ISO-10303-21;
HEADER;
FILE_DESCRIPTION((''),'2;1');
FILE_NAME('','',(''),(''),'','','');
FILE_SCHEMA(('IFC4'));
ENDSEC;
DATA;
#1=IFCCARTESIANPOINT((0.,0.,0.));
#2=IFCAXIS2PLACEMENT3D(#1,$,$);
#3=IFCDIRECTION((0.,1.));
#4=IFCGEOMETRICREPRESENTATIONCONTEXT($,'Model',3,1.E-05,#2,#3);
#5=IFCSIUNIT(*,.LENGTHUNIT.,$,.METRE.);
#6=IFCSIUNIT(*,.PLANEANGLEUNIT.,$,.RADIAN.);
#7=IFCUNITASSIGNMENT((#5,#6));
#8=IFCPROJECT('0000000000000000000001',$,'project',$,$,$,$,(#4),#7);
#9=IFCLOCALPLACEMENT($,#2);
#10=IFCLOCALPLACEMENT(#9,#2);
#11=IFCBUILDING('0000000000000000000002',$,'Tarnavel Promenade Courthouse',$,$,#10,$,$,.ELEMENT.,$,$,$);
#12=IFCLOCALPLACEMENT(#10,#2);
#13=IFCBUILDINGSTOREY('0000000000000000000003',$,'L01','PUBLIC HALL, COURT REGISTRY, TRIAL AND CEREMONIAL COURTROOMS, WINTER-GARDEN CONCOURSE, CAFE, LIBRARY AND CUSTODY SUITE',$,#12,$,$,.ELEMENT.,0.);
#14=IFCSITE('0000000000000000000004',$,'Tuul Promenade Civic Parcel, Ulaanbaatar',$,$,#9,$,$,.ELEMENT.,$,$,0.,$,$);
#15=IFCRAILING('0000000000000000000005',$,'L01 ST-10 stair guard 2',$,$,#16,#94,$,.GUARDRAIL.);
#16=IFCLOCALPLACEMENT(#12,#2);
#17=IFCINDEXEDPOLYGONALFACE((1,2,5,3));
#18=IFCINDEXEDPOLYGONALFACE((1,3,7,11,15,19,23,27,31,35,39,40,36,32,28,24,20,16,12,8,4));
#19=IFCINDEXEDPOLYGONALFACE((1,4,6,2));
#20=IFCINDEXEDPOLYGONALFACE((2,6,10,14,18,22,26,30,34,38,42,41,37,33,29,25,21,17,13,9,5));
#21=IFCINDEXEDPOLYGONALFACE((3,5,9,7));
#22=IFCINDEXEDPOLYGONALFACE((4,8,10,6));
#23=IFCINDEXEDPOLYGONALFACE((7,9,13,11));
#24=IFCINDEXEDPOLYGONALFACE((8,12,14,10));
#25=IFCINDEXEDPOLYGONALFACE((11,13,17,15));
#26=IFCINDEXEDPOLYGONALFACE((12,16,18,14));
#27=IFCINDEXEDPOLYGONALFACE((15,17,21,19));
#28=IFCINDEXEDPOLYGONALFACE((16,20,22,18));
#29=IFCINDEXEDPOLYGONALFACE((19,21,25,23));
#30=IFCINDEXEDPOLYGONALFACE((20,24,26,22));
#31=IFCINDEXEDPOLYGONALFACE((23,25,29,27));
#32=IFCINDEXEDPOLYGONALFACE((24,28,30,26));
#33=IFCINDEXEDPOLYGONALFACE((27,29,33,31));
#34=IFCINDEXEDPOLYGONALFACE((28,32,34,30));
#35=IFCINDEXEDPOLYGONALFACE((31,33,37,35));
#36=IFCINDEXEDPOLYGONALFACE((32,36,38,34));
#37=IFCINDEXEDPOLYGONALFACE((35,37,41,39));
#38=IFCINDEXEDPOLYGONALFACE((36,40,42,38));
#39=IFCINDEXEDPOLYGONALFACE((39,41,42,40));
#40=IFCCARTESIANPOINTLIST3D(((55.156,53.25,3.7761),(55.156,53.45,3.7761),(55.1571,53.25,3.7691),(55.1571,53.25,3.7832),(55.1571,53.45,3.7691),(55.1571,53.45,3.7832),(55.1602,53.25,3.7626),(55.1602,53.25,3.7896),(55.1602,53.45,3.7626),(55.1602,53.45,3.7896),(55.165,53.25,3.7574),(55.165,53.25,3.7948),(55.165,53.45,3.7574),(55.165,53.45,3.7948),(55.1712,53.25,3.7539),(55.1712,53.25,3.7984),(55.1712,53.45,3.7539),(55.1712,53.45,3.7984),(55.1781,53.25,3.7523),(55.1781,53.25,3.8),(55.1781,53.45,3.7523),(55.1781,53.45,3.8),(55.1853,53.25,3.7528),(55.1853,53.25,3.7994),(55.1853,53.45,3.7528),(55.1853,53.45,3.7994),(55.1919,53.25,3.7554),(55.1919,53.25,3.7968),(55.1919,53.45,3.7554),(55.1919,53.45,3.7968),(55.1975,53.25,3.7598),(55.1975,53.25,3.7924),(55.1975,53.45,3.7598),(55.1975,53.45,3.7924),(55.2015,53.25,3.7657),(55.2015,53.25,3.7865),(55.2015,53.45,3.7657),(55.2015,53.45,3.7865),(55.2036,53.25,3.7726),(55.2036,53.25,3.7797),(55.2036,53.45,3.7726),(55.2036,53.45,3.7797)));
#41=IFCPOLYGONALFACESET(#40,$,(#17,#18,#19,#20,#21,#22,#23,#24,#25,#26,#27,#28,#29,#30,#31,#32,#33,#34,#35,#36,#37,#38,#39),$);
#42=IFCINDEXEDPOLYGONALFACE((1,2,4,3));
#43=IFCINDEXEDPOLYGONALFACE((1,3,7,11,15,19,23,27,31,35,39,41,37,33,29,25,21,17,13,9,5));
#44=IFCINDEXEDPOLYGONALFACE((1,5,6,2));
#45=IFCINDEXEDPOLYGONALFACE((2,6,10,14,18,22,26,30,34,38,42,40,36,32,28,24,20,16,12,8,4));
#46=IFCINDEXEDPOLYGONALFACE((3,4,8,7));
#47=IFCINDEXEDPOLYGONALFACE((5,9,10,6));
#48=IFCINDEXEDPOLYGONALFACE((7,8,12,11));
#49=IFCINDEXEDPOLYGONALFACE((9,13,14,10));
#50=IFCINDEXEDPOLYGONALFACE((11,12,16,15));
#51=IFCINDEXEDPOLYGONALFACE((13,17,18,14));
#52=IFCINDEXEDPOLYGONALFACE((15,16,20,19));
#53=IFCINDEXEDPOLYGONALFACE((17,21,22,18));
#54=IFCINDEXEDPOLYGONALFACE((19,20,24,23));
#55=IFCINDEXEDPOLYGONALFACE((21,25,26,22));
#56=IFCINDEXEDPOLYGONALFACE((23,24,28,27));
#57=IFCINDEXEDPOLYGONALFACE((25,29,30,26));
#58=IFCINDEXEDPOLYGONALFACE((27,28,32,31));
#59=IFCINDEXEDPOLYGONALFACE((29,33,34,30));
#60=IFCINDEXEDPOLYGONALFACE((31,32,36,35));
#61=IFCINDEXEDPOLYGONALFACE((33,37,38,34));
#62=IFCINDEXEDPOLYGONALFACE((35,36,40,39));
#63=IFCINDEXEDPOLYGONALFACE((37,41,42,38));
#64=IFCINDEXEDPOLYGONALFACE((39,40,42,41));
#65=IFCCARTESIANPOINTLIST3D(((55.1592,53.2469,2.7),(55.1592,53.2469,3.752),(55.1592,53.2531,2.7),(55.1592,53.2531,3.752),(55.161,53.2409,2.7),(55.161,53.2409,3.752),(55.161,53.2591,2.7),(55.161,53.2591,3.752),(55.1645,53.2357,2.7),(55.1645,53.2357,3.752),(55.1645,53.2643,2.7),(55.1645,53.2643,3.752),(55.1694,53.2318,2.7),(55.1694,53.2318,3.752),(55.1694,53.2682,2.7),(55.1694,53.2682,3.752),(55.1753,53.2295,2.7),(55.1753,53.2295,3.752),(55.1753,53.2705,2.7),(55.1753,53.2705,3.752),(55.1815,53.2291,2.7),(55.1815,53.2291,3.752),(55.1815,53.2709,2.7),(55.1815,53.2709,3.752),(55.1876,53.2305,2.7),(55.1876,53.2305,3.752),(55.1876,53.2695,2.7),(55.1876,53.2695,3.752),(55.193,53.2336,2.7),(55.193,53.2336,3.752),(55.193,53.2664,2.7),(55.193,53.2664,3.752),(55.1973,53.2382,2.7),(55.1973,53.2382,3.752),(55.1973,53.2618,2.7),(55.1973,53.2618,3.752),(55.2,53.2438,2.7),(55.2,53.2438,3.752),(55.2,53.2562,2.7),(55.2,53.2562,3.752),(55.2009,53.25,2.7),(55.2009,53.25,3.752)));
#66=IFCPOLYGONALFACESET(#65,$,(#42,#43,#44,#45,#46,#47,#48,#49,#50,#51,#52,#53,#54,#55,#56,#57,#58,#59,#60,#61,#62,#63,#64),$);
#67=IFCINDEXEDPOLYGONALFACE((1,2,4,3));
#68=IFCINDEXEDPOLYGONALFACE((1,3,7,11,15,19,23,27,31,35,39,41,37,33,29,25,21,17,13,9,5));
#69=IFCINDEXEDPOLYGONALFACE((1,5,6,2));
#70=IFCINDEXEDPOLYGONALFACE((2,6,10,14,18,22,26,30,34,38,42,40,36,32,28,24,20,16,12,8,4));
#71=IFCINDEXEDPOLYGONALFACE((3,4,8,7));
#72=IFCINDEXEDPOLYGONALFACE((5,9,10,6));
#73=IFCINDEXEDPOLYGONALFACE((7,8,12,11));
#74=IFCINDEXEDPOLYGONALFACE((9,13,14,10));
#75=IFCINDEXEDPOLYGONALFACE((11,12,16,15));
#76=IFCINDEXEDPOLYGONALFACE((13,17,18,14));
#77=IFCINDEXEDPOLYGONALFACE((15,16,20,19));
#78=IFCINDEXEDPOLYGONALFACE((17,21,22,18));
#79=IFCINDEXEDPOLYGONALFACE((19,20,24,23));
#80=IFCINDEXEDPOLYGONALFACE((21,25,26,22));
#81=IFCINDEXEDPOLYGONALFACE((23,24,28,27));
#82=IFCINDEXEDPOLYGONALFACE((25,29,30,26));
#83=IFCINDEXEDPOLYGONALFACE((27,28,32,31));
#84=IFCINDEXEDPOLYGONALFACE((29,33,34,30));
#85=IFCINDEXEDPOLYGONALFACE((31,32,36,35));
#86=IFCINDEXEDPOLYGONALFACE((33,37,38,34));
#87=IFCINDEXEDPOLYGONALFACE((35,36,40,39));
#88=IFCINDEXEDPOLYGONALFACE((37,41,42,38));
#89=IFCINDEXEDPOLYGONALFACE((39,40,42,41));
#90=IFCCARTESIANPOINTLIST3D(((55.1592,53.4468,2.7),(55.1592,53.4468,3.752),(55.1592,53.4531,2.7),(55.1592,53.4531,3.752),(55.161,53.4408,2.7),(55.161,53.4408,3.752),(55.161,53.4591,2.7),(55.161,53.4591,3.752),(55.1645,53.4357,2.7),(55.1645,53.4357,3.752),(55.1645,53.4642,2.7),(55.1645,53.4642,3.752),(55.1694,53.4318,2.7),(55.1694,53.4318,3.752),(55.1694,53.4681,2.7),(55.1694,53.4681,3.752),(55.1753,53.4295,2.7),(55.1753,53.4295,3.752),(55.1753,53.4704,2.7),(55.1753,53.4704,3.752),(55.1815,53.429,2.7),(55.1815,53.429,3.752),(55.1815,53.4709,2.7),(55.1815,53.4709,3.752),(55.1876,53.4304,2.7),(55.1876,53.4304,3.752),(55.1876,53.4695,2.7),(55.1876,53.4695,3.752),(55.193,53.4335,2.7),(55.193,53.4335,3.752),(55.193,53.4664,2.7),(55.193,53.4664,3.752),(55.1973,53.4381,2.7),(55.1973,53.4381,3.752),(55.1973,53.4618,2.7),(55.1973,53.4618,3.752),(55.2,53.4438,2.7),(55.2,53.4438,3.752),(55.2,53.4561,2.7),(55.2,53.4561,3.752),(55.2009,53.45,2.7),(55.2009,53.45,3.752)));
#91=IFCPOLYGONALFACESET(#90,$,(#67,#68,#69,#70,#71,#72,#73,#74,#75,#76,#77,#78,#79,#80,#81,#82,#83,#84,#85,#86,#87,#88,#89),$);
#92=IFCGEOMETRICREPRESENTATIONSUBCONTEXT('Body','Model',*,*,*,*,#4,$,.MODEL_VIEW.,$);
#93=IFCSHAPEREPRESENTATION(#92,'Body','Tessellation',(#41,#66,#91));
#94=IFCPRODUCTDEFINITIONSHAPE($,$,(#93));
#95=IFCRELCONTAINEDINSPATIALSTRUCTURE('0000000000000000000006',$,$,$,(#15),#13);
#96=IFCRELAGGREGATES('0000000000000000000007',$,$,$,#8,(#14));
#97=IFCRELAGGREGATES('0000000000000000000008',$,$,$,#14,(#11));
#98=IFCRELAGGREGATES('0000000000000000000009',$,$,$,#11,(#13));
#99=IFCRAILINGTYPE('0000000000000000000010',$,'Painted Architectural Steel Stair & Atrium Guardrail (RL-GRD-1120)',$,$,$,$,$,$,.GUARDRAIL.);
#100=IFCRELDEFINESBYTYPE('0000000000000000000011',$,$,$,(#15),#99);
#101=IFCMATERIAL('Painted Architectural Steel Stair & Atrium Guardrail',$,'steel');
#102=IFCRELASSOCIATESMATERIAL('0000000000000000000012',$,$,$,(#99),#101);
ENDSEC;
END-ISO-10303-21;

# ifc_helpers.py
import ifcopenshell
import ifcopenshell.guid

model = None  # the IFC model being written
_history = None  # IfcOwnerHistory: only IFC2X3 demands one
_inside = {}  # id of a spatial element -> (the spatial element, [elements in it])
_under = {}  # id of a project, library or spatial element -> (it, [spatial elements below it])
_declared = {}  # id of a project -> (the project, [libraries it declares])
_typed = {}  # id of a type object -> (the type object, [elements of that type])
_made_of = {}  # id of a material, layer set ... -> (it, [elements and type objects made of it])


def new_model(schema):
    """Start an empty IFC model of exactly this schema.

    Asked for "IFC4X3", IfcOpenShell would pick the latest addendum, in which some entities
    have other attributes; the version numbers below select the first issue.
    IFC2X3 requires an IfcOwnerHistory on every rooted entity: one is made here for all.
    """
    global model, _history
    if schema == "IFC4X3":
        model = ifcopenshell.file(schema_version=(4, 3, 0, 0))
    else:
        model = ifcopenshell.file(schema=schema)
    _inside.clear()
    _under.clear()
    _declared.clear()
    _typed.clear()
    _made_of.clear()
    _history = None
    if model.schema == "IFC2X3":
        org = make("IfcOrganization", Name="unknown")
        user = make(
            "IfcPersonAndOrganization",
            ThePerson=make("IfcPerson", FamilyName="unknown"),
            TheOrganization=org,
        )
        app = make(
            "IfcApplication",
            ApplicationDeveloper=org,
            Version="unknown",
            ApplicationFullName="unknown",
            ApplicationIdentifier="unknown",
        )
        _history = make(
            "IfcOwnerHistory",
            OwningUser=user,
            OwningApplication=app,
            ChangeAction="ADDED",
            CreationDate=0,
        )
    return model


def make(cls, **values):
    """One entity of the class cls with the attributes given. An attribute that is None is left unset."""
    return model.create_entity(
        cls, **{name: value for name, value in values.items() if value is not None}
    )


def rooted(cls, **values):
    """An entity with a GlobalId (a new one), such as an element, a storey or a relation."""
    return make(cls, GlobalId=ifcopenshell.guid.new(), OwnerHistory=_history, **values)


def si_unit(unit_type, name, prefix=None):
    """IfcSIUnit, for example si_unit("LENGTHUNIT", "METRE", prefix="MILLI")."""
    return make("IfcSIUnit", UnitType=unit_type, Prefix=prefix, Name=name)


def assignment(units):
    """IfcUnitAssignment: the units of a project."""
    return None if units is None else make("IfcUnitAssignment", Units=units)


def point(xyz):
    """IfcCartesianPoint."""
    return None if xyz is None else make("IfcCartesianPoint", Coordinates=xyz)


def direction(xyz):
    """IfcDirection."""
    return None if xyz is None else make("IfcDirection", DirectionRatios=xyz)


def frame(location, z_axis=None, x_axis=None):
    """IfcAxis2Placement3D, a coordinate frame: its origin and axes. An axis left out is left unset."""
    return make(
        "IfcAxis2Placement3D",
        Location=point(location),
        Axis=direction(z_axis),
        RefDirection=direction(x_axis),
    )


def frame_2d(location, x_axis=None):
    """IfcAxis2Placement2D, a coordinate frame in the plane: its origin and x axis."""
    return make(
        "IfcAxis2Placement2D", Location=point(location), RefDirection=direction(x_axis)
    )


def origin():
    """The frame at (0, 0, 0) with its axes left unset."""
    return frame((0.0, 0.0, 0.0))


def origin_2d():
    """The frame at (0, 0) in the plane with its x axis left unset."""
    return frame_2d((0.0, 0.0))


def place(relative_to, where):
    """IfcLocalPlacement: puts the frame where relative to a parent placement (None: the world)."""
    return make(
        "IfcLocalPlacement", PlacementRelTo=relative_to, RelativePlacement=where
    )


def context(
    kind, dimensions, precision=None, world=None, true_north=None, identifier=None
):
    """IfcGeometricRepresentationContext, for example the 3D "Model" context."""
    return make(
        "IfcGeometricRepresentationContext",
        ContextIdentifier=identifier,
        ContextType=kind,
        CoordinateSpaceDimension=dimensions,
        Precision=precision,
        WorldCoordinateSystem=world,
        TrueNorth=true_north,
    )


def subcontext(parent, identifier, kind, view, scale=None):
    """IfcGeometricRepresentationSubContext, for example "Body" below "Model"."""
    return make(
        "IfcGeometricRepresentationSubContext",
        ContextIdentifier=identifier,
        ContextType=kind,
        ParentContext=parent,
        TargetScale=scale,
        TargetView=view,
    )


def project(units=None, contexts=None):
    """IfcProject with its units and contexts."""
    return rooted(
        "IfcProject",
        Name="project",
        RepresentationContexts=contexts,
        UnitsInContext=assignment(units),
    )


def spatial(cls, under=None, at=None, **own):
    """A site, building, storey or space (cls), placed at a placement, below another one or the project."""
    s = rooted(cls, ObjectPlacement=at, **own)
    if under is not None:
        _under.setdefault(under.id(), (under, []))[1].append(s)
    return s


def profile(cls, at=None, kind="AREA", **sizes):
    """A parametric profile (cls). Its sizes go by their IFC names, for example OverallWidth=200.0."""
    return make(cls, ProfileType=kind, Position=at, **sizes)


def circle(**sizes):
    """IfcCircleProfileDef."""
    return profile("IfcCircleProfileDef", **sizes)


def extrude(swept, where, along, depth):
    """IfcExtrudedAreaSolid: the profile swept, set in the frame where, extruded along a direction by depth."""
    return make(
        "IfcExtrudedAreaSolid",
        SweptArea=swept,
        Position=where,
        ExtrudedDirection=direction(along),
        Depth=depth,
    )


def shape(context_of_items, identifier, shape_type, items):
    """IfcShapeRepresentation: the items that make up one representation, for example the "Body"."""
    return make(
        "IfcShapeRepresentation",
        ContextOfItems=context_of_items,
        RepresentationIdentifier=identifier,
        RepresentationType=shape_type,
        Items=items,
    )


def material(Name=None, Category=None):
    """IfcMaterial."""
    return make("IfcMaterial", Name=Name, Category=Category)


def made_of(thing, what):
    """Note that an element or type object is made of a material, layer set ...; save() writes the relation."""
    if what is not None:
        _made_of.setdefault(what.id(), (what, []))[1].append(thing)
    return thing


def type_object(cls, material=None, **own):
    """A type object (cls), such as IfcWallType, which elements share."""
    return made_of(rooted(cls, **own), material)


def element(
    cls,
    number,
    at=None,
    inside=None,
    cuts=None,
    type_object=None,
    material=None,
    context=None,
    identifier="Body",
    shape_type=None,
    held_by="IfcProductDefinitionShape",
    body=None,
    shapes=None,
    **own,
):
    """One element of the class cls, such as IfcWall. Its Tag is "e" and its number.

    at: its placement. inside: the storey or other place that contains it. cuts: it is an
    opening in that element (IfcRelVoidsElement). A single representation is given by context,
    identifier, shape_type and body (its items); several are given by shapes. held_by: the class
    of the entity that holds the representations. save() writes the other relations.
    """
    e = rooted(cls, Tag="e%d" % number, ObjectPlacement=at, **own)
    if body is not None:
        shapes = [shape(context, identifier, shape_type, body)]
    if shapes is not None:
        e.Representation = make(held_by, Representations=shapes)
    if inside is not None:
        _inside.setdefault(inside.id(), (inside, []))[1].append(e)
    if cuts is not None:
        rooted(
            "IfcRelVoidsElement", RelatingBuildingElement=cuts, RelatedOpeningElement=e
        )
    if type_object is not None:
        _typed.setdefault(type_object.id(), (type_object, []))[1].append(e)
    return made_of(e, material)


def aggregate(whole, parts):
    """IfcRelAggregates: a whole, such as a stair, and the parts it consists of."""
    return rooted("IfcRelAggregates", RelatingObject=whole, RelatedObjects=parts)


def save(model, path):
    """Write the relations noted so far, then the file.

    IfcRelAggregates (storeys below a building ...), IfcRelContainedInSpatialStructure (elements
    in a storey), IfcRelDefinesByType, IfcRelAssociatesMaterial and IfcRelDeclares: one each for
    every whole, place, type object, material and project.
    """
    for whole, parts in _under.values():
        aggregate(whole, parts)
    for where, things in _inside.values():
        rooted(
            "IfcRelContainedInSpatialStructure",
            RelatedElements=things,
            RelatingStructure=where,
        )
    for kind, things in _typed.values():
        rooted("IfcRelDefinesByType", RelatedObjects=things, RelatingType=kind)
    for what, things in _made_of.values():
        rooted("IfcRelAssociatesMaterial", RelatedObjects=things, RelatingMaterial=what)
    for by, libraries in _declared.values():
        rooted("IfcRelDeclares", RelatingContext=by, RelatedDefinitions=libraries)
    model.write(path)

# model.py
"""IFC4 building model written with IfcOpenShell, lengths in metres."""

from ifc_helpers import new_model, si_unit, direction, frame, origin, origin_2d, place, context, subcontext, project, spatial, circle, extrude, material, type_object, element, save


model = new_model("IFC4")

# Units and contexts
model_context = context("Model", 3, precision=1e-05, world=origin(), true_north=direction((0.0, 1.0)))
body_context = subcontext(model_context, "Body", "Model", "MODEL_VIEW")
ifc_project = project(units=[si_unit("LENGTHUNIT", "METRE"), si_unit("PLANEANGLEUNIT", "RADIAN")], contexts=[model_context])

# Site, building, storey
site_placement = place(None, origin())
site = spatial("IfcSite", under=ifc_project, at=site_placement, Name="Tuul Promenade Civic Parcel, Ulaanbaatar", CompositionType="ELEMENT", RefElevation=0.0)
building_placement = place(site_placement, origin())
building = spatial("IfcBuilding", under=site, at=building_placement, Name="Tarnavel Promenade Courthouse", CompositionType="ELEMENT")
storey_placement = place(building_placement, origin())
storey = spatial("IfcBuildingStorey", under=building, at=storey_placement, Name="L01", Description="PUBLIC HALL, COURT REGISTRY, TRIAL AND CEREMONIAL COURTROOMS, WINTER-GARDEN CONCOURSE, CAFE, LIBRARY AND CUSTODY SUITE", CompositionType="ELEMENT", Elevation=0.0)

# Railing
ifc_material_1 = material(Name="Painted Architectural Steel Stair & Atrium Guardrail", Category="steel")
railing_type_1 = type_object("IfcRailingType", Name="Painted Architectural Steel Stair & Atrium Guardrail (RL-GRD-1120)", PredefinedType="GUARDRAIL", material=ifc_material_1)
railing_1_placement = place(storey_placement, frame((55.1799, 53.25, 2.7)))
element("IfcRailing", 1, at=railing_1_placement, inside=storey, type_object=railing_type_1, Name="L01 ST-10 stair guard 2", PredefinedType="GUARDRAIL", context=body_context, shape_type="SweptSolid", body=[
    extrude(circle(Radius=0.0239, at=origin_2d()), frame((0.0, 0.0, 1.0762), z_axis=(0.0, 1.0, 0.0), x_axis=(-1.0, 0.0, 0.0)), (0.0, 0.0, 1.0), 0.2),
    extrude(circle(Radius=0.021, at=origin_2d()), origin(), (0.0, 0.0, 1.0), 1.052),
    extrude(circle(Radius=0.021, at=origin_2d()), frame((0.0, 0.2, 0.0)), (0.0, 0.0, 1.0), 1.052),
])

save(model, "model.ifc")
